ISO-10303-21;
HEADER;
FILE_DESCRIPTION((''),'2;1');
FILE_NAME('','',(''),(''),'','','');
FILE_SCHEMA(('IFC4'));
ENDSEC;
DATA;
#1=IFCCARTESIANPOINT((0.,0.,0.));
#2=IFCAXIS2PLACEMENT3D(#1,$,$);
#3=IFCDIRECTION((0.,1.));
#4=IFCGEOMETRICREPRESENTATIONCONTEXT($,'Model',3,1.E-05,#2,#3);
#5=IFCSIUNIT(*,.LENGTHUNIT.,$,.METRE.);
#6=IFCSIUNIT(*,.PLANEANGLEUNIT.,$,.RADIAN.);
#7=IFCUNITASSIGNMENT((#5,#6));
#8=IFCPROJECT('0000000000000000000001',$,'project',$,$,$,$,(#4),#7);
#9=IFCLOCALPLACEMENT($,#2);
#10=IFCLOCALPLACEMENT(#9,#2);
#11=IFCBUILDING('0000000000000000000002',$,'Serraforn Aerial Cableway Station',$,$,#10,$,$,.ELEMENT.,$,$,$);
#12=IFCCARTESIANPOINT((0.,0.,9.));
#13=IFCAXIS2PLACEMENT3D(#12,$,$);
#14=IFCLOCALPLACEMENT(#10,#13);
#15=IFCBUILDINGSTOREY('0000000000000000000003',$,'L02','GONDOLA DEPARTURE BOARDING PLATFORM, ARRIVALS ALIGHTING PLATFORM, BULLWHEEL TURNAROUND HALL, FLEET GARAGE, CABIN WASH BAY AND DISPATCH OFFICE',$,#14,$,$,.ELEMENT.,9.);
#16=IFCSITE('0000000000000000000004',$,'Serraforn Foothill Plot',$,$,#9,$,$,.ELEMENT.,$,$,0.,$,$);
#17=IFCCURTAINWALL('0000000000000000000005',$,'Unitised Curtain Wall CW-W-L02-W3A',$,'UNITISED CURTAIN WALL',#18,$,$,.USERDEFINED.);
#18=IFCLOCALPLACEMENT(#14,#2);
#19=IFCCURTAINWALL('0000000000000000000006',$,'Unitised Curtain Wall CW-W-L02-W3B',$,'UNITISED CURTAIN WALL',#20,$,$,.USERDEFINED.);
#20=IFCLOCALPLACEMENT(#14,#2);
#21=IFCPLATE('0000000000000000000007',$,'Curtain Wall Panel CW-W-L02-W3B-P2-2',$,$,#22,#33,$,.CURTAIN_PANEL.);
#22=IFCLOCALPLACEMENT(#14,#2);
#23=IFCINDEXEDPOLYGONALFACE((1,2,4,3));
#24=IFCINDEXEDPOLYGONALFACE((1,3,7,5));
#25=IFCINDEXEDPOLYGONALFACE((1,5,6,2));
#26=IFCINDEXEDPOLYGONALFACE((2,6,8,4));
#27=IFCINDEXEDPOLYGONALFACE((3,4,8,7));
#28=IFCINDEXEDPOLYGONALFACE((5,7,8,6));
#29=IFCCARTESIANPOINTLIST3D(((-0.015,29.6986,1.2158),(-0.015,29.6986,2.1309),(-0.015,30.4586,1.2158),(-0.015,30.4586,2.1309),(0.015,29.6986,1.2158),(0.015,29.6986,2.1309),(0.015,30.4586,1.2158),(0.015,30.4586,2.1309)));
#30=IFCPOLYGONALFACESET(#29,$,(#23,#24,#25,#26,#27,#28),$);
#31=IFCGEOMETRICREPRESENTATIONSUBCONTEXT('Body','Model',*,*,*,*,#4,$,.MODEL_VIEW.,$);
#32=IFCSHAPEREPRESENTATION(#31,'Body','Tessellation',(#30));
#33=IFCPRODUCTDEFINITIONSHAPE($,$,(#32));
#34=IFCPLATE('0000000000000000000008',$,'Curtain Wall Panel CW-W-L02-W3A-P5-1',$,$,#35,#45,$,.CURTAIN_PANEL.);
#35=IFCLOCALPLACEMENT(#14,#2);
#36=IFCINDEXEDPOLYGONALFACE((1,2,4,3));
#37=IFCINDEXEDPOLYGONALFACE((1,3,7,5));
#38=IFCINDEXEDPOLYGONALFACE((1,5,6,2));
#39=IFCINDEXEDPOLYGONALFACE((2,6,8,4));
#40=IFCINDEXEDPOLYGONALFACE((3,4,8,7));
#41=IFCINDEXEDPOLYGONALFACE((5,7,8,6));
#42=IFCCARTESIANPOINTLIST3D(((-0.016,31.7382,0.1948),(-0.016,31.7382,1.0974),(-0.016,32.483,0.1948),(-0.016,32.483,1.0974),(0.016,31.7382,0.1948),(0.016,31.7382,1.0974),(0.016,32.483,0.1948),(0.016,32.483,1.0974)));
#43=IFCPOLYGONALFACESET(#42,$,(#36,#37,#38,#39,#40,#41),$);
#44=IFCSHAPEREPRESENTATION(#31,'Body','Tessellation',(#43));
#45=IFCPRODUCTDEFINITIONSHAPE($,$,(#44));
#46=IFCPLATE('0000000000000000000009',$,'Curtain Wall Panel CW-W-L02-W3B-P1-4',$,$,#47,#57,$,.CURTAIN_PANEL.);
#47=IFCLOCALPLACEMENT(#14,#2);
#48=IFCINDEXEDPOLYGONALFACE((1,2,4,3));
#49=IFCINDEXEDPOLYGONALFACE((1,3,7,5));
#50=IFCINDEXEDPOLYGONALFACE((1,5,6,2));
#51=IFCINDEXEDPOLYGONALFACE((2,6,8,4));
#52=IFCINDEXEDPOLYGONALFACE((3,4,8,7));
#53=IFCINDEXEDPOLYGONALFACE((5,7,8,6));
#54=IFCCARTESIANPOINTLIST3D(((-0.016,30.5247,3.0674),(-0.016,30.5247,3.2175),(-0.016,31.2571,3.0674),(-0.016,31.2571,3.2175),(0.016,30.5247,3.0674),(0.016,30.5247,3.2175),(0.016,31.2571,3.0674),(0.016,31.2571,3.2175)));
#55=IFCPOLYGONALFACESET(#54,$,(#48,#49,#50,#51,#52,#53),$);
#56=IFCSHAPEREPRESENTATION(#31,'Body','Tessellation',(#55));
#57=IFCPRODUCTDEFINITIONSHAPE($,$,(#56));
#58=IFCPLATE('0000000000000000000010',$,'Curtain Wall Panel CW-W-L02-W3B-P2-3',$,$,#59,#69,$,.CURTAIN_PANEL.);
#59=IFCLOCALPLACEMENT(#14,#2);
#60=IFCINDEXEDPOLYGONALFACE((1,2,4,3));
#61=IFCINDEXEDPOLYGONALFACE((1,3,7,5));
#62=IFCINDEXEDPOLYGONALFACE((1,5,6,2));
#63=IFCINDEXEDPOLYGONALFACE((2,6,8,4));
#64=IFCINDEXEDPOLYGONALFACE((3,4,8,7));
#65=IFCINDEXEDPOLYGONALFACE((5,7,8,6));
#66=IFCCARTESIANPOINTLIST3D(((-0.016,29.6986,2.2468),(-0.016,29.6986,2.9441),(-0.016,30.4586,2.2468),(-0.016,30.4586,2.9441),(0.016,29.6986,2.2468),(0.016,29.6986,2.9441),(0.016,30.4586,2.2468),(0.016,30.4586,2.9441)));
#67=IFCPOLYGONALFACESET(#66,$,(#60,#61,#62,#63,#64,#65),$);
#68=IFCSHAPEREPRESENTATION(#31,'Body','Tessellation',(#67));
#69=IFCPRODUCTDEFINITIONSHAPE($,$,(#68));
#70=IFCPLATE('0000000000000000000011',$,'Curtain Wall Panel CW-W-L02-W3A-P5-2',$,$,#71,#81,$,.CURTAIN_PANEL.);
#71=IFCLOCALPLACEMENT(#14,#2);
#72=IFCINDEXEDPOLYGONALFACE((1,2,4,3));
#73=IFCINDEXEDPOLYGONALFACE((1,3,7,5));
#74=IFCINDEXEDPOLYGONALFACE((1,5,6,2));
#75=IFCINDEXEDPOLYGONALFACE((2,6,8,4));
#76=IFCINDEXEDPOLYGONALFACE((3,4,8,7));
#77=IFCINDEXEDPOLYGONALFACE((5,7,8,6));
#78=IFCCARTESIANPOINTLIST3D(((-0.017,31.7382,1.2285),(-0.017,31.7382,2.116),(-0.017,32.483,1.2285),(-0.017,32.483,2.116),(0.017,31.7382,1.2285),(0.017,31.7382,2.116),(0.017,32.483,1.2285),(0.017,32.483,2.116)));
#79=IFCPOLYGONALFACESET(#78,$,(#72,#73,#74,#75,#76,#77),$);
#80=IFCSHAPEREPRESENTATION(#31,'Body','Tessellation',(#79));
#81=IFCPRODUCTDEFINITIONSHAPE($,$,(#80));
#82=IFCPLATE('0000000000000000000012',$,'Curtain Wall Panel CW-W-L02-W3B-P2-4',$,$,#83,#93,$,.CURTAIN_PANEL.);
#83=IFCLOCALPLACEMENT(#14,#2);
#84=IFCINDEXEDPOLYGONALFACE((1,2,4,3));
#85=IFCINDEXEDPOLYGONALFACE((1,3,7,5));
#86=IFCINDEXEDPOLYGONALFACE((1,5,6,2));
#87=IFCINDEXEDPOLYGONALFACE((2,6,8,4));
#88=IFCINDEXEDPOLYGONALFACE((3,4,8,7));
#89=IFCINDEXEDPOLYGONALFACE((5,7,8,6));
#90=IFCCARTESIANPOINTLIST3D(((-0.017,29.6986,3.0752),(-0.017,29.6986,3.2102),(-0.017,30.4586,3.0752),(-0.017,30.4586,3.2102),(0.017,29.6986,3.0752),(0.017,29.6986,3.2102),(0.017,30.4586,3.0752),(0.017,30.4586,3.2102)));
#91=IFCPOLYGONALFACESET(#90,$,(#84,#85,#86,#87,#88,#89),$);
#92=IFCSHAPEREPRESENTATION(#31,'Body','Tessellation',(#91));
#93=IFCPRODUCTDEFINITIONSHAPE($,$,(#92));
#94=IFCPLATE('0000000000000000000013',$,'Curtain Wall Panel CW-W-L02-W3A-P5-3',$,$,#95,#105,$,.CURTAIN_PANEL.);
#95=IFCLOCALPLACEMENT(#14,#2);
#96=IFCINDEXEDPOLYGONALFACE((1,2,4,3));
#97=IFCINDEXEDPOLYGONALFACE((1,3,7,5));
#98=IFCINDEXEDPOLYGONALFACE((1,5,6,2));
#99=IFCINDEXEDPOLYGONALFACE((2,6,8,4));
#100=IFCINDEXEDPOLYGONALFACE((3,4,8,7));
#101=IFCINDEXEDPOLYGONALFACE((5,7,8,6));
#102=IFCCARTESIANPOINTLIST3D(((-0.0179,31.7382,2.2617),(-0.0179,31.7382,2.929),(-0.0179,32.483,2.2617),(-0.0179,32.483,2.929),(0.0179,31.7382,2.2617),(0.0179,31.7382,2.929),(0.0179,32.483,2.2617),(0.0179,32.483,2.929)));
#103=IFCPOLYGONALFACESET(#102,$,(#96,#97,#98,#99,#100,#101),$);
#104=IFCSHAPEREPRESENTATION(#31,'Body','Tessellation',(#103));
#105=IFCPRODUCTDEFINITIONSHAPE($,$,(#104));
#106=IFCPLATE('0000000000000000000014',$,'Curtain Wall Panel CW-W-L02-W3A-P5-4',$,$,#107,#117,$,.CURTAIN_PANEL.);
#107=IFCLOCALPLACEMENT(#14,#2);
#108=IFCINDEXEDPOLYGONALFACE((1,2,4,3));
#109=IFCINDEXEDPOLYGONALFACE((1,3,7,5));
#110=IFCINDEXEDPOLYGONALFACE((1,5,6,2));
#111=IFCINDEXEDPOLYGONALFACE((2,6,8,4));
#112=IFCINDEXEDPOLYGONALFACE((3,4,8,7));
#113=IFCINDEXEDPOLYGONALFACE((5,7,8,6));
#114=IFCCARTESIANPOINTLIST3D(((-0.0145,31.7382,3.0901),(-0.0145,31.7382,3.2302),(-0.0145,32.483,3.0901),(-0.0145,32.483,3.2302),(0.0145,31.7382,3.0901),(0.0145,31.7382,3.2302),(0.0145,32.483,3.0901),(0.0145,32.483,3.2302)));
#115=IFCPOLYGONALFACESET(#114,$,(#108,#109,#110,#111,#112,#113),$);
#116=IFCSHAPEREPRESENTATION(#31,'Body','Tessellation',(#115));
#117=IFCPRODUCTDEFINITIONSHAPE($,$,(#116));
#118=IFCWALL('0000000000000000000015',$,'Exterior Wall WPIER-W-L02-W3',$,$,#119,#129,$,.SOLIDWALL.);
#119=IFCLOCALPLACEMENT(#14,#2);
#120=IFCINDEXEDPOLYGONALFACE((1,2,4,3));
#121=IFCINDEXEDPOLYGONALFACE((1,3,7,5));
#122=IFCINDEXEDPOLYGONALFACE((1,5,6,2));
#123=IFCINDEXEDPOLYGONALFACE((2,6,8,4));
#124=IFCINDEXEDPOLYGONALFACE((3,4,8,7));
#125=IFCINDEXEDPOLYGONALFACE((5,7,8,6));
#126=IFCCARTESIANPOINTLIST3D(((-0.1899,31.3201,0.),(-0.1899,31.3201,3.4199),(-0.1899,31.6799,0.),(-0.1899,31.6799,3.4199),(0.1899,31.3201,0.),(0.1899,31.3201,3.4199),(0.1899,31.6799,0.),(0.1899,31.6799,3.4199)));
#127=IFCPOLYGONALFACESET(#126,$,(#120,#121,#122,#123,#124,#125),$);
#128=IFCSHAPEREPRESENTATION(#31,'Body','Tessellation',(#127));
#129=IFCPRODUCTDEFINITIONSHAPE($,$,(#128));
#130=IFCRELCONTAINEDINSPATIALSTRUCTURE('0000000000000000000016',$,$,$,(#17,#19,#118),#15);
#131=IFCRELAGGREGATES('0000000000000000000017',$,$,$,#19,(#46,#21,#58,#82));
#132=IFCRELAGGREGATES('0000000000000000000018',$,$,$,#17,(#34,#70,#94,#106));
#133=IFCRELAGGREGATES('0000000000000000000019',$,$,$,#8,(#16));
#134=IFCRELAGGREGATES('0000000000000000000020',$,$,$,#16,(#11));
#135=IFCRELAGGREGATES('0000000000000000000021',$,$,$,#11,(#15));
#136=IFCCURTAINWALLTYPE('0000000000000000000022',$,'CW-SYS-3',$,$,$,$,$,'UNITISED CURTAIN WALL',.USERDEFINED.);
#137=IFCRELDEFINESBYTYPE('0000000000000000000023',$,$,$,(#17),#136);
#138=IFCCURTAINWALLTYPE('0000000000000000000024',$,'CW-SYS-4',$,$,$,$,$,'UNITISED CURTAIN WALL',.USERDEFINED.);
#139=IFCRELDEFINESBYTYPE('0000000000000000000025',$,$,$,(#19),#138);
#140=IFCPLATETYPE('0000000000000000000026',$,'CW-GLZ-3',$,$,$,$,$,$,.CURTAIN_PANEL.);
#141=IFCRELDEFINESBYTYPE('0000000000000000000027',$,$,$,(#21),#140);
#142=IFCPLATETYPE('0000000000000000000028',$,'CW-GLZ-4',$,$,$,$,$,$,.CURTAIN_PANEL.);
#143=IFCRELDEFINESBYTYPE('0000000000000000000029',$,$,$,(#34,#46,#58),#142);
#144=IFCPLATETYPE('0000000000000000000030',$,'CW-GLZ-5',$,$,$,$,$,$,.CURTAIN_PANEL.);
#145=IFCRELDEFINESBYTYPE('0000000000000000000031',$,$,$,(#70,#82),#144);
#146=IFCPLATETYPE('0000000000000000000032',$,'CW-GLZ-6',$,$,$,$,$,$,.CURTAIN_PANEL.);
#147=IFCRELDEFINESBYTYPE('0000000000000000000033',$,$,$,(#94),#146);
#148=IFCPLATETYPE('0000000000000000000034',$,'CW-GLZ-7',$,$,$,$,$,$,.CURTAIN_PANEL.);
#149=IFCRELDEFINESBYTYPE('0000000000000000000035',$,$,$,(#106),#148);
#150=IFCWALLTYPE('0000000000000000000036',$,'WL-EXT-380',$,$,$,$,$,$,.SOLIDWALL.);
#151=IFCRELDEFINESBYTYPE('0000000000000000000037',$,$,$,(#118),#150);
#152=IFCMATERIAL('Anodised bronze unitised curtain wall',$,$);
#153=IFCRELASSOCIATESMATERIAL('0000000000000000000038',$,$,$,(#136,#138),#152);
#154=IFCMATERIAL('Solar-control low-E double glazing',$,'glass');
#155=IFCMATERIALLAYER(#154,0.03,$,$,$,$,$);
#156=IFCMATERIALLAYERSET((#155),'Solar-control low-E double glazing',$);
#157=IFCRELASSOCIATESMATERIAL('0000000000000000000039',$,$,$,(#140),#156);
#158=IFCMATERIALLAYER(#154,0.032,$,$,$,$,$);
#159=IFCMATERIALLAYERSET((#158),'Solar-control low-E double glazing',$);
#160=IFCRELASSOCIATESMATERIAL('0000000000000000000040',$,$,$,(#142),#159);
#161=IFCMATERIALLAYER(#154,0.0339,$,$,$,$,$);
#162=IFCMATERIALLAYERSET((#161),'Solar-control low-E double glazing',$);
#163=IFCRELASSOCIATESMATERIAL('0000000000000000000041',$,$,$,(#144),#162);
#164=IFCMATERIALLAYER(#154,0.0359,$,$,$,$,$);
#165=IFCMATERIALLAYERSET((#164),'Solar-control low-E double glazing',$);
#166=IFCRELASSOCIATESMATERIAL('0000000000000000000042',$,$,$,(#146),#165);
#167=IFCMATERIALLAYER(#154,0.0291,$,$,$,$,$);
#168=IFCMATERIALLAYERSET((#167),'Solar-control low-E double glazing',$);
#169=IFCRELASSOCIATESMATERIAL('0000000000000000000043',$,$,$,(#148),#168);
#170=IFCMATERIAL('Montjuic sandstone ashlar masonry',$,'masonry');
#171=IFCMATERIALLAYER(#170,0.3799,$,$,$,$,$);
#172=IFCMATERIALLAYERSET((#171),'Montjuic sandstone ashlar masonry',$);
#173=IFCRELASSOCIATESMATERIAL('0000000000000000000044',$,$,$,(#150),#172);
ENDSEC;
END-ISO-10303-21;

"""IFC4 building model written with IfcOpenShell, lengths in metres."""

from ifc_helpers import new_model, si_unit, direction, frame, frame_2d, origin, origin_2d, place, context, subcontext, project, spatial, rectangle, extrude, material, layer, layer_set, type_object, element, aggregate, save


model = new_model("IFC4")

# Units and contexts
model_context = context("Model", 3, precision=1e-05, world=origin(), true_north=direction((0.0, 1.0)))
body_context = subcontext(model_context, "Body", "Model", "MODEL_VIEW")
ifc_project = project(units=[si_unit("LENGTHUNIT", "METRE"), si_unit("PLANEANGLEUNIT", "RADIAN")], contexts=[model_context])

# Site, building, storey
site_placement = place(None, origin())
site = spatial("IfcSite", under=ifc_project, at=site_placement, Name="Serraforn Foothill Plot", CompositionType="ELEMENT", RefElevation=0.0)
building_placement = place(site_placement, origin())
building = spatial("IfcBuilding", under=site, at=building_placement, Name="Serraforn Aerial Cableway Station", CompositionType="ELEMENT")
storey_placement = place(building_placement, frame((0.0, 0.0, 9.0)))
storey = spatial("IfcBuildingStorey", under=building, at=storey_placement, Name="L02", Description="GONDOLA DEPARTURE BOARDING PLATFORM, ARRIVALS ALIGHTING PLATFORM, BULLWHEEL TURNAROUND HALL, FLEET GARAGE, CABIN WASH BAY AND DISPATCH OFFICE", CompositionType="ELEMENT", Elevation=9.0)

# Curtain wall
ifc_material_1 = material(Name="Anodised bronze unitised curtain wall")
curtain_wall_type_1 = type_object("IfcCurtainWallType", Name="CW-SYS-3", ElementType="UNITISED CURTAIN WALL", PredefinedType="USERDEFINED", material=ifc_material_1)
curtain_wall_1_placement = place(storey_placement, origin())
curtain_wall_1 = element("IfcCurtainWall", 1, at=curtain_wall_1_placement, inside=storey, type_object=curtain_wall_type_1, Name="Unitised Curtain Wall CW-W-L02-W3A", ObjectType="UNITISED CURTAIN WALL", PredefinedType="USERDEFINED")

# Curtain wall
curtain_wall_type_2 = type_object("IfcCurtainWallType", Name="CW-SYS-4", ElementType="UNITISED CURTAIN WALL", PredefinedType="USERDEFINED", material=ifc_material_1)
curtain_wall_2_placement = place(storey_placement, origin())
curtain_wall_2 = element("IfcCurtainWall", 2, at=curtain_wall_2_placement, inside=storey, type_object=curtain_wall_type_2, Name="Unitised Curtain Wall CW-W-L02-W3B", ObjectType="UNITISED CURTAIN WALL", PredefinedType="USERDEFINED")

# Plates
ifc_material_2 = material(Name="Solar-control low-E double glazing", Category="glass")
ifc_layer_1 = layer(ifc_material_2, 0.03)
ifc_layer_set_1 = layer_set([ifc_layer_1], Name="Solar-control low-E double glazing")
plate_type_1 = type_object("IfcPlateType", Name="CW-GLZ-3", PredefinedType="CURTAIN_PANEL", material=ifc_layer_set_1)
plate_1_placement = place(storey_placement, frame((0.0, 30.0786, 1.2158), z_axis=(0.0, 0.0, 1.0), x_axis=(1.0, 0.0, 0.0)))
plate_1 = element("IfcPlate", 3, at=plate_1_placement, type_object=plate_type_1, Name="Curtain Wall Panel CW-W-L02-W3B-P2-2", PredefinedType="CURTAIN_PANEL", context=body_context, shape_type="SweptSolid", body=[
    extrude(rectangle(XDim=0.03, YDim=0.76, at=origin_2d()), origin(), (0.0, 0.0, 1.0), 0.915),
])
ifc_layer_2 = layer(ifc_material_2, 0.032)
ifc_layer_set_2 = layer_set([ifc_layer_2], Name="Solar-control low-E double glazing")
plate_type_2 = type_object("IfcPlateType", Name="CW-GLZ-4", PredefinedType="CURTAIN_PANEL", material=ifc_layer_set_2)
plate_2_placement = place(storey_placement, frame((0.0, 32.1106, 0.1948), z_axis=(0.0, 0.0, 1.0), x_axis=(1.0, 0.0, 0.0)))
plate_2 = element("IfcPlate", 4, at=plate_2_placement, type_object=plate_type_2, Name="Curtain Wall Panel CW-W-L02-W3A-P5-1", PredefinedType="CURTAIN_PANEL", context=body_context, shape_type="SweptSolid", body=[
    extrude(rectangle(XDim=0.032, YDim=0.7449, at=origin_2d()), origin(), (0.0, 0.0, 1.0), 0.9026),
])
plate_3_placement = place(storey_placement, frame((0.0, 30.8909, 3.0674), z_axis=(0.0, 0.0, 1.0), x_axis=(1.0, 0.0, 0.0)))
plate_3 = element("IfcPlate", 5, at=plate_3_placement, type_object=plate_type_2, Name="Curtain Wall Panel CW-W-L02-W3B-P1-4", PredefinedType="CURTAIN_PANEL", context=body_context, shape_type="SweptSolid", body=[
    extrude(rectangle(XDim=0.032, YDim=0.7324, at=origin_2d()), origin(), (0.0, 0.0, 1.0), 0.1501),
])
plate_4_placement = place(storey_placement, frame((0.0, 30.0786, 2.2468), z_axis=(0.0, 0.0, 1.0), x_axis=(1.0, 0.0, 0.0)))
plate_4 = element("IfcPlate", 6, at=plate_4_placement, type_object=plate_type_2, Name="Curtain Wall Panel CW-W-L02-W3B-P2-3", PredefinedType="CURTAIN_PANEL", context=body_context, shape_type="SweptSolid", body=[
    extrude(rectangle(XDim=0.032, YDim=0.76, at=origin_2d()), origin(), (0.0, 0.0, 1.0), 0.6973),
])
ifc_layer_3 = layer(ifc_material_2, 0.0339)
ifc_layer_set_3 = layer_set([ifc_layer_3], Name="Solar-control low-E double glazing")
plate_type_3 = type_object("IfcPlateType", Name="CW-GLZ-5", PredefinedType="CURTAIN_PANEL", material=ifc_layer_set_3)
plate_5_placement = place(storey_placement, frame((0.0, 32.1106, 1.2285), z_axis=(0.0, 0.0, 1.0), x_axis=(1.0, 0.0, 0.0)))
plate_5 = element("IfcPlate", 7, at=plate_5_placement, type_object=plate_type_3, Name="Curtain Wall Panel CW-W-L02-W3A-P5-2", PredefinedType="CURTAIN_PANEL", context=body_context, shape_type="SweptSolid", body=[
    extrude(rectangle(XDim=0.0339, YDim=0.7449, at=origin_2d()), origin(), (0.0, 0.0, 1.0), 0.8875),
])
plate_6_placement = place(storey_placement, frame((0.0, 30.0786, 3.0752), z_axis=(0.0, 0.0, 1.0), x_axis=(1.0, 0.0, 0.0)))
plate_6 = element("IfcPlate", 8, at=plate_6_placement, type_object=plate_type_3, Name="Curtain Wall Panel CW-W-L02-W3B-P2-4", PredefinedType="CURTAIN_PANEL", context=body_context, shape_type="SweptSolid", body=[
    extrude(rectangle(XDim=0.0339, YDim=0.76, at=origin_2d()), origin(), (0.0, 0.0, 1.0), 0.135),
])
aggregate(curtain_wall_2, [plate_3, plate_1, plate_4, plate_6])
ifc_layer_4 = layer(ifc_material_2, 0.0359)
ifc_layer_set_4 = layer_set([ifc_layer_4], Name="Solar-control low-E double glazing")
plate_type_4 = type_object("IfcPlateType", Name="CW-GLZ-6", PredefinedType="CURTAIN_PANEL", material=ifc_layer_set_4)
plate_7_placement = place(storey_placement, frame((0.0, 32.1106, 2.2617), z_axis=(0.0, 0.0, 1.0), x_axis=(1.0, 0.0, 0.0)))
plate_7 = element("IfcPlate", 9, at=plate_7_placement, type_object=plate_type_4, Name="Curtain Wall Panel CW-W-L02-W3A-P5-3", PredefinedType="CURTAIN_PANEL", context=body_context, shape_type="SweptSolid", body=[
    extrude(rectangle(XDim=0.0359, YDim=0.7449, at=origin_2d()), origin(), (0.0, 0.0, 1.0), 0.6672),
])
ifc_layer_5 = layer(ifc_material_2, 0.0291)
ifc_layer_set_5 = layer_set([ifc_layer_5], Name="Solar-control low-E double glazing")
plate_type_5 = type_object("IfcPlateType", Name="CW-GLZ-7", PredefinedType="CURTAIN_PANEL", material=ifc_layer_set_5)
plate_8_placement = place(storey_placement, frame((0.0, 32.1106, 3.0901), z_axis=(0.0, 0.0, 1.0), x_axis=(1.0, 0.0, 0.0)))
plate_8 = element("IfcPlate", 10, at=plate_8_placement, type_object=plate_type_5, Name="Curtain Wall Panel CW-W-L02-W3A-P5-4", PredefinedType="CURTAIN_PANEL", context=body_context, shape_type="SweptSolid", body=[
    extrude(rectangle(XDim=0.0291, YDim=0.7449, at=origin_2d()), origin(), (0.0, 0.0, 1.0), 0.1401),
])
aggregate(curtain_wall_1, [plate_2, plate_5, plate_7, plate_8])

# Wall
ifc_material_3 = material(Name="Montjuic sandstone ashlar masonry", Category="masonry")
ifc_layer_6 = layer(ifc_material_3, 0.3799)
ifc_layer_set_6 = layer_set([ifc_layer_6], Name="Montjuic sandstone ashlar masonry")
wall_type = type_object("IfcWallType", Name="WL-EXT-380", PredefinedType="SOLIDWALL", material=ifc_layer_set_6)
wall_placement = place(storey_placement, frame((0.0, 31.6799, 0.0), z_axis=(0.0, 0.0, 1.0), x_axis=(0.0, -1.0, 0.0)))
element("IfcWall", 11, at=wall_placement, inside=storey, type_object=wall_type, Name="Exterior Wall WPIER-W-L02-W3", PredefinedType="SOLIDWALL", context=body_context, shape_type="SweptSolid", body=[
    extrude(rectangle(XDim=0.3599, YDim=0.3799, at=frame_2d((0.1799, 0.0))), origin(), (0.0, 0.0, 1.0), 3.4199),
])

save(model, "model.ifc")
